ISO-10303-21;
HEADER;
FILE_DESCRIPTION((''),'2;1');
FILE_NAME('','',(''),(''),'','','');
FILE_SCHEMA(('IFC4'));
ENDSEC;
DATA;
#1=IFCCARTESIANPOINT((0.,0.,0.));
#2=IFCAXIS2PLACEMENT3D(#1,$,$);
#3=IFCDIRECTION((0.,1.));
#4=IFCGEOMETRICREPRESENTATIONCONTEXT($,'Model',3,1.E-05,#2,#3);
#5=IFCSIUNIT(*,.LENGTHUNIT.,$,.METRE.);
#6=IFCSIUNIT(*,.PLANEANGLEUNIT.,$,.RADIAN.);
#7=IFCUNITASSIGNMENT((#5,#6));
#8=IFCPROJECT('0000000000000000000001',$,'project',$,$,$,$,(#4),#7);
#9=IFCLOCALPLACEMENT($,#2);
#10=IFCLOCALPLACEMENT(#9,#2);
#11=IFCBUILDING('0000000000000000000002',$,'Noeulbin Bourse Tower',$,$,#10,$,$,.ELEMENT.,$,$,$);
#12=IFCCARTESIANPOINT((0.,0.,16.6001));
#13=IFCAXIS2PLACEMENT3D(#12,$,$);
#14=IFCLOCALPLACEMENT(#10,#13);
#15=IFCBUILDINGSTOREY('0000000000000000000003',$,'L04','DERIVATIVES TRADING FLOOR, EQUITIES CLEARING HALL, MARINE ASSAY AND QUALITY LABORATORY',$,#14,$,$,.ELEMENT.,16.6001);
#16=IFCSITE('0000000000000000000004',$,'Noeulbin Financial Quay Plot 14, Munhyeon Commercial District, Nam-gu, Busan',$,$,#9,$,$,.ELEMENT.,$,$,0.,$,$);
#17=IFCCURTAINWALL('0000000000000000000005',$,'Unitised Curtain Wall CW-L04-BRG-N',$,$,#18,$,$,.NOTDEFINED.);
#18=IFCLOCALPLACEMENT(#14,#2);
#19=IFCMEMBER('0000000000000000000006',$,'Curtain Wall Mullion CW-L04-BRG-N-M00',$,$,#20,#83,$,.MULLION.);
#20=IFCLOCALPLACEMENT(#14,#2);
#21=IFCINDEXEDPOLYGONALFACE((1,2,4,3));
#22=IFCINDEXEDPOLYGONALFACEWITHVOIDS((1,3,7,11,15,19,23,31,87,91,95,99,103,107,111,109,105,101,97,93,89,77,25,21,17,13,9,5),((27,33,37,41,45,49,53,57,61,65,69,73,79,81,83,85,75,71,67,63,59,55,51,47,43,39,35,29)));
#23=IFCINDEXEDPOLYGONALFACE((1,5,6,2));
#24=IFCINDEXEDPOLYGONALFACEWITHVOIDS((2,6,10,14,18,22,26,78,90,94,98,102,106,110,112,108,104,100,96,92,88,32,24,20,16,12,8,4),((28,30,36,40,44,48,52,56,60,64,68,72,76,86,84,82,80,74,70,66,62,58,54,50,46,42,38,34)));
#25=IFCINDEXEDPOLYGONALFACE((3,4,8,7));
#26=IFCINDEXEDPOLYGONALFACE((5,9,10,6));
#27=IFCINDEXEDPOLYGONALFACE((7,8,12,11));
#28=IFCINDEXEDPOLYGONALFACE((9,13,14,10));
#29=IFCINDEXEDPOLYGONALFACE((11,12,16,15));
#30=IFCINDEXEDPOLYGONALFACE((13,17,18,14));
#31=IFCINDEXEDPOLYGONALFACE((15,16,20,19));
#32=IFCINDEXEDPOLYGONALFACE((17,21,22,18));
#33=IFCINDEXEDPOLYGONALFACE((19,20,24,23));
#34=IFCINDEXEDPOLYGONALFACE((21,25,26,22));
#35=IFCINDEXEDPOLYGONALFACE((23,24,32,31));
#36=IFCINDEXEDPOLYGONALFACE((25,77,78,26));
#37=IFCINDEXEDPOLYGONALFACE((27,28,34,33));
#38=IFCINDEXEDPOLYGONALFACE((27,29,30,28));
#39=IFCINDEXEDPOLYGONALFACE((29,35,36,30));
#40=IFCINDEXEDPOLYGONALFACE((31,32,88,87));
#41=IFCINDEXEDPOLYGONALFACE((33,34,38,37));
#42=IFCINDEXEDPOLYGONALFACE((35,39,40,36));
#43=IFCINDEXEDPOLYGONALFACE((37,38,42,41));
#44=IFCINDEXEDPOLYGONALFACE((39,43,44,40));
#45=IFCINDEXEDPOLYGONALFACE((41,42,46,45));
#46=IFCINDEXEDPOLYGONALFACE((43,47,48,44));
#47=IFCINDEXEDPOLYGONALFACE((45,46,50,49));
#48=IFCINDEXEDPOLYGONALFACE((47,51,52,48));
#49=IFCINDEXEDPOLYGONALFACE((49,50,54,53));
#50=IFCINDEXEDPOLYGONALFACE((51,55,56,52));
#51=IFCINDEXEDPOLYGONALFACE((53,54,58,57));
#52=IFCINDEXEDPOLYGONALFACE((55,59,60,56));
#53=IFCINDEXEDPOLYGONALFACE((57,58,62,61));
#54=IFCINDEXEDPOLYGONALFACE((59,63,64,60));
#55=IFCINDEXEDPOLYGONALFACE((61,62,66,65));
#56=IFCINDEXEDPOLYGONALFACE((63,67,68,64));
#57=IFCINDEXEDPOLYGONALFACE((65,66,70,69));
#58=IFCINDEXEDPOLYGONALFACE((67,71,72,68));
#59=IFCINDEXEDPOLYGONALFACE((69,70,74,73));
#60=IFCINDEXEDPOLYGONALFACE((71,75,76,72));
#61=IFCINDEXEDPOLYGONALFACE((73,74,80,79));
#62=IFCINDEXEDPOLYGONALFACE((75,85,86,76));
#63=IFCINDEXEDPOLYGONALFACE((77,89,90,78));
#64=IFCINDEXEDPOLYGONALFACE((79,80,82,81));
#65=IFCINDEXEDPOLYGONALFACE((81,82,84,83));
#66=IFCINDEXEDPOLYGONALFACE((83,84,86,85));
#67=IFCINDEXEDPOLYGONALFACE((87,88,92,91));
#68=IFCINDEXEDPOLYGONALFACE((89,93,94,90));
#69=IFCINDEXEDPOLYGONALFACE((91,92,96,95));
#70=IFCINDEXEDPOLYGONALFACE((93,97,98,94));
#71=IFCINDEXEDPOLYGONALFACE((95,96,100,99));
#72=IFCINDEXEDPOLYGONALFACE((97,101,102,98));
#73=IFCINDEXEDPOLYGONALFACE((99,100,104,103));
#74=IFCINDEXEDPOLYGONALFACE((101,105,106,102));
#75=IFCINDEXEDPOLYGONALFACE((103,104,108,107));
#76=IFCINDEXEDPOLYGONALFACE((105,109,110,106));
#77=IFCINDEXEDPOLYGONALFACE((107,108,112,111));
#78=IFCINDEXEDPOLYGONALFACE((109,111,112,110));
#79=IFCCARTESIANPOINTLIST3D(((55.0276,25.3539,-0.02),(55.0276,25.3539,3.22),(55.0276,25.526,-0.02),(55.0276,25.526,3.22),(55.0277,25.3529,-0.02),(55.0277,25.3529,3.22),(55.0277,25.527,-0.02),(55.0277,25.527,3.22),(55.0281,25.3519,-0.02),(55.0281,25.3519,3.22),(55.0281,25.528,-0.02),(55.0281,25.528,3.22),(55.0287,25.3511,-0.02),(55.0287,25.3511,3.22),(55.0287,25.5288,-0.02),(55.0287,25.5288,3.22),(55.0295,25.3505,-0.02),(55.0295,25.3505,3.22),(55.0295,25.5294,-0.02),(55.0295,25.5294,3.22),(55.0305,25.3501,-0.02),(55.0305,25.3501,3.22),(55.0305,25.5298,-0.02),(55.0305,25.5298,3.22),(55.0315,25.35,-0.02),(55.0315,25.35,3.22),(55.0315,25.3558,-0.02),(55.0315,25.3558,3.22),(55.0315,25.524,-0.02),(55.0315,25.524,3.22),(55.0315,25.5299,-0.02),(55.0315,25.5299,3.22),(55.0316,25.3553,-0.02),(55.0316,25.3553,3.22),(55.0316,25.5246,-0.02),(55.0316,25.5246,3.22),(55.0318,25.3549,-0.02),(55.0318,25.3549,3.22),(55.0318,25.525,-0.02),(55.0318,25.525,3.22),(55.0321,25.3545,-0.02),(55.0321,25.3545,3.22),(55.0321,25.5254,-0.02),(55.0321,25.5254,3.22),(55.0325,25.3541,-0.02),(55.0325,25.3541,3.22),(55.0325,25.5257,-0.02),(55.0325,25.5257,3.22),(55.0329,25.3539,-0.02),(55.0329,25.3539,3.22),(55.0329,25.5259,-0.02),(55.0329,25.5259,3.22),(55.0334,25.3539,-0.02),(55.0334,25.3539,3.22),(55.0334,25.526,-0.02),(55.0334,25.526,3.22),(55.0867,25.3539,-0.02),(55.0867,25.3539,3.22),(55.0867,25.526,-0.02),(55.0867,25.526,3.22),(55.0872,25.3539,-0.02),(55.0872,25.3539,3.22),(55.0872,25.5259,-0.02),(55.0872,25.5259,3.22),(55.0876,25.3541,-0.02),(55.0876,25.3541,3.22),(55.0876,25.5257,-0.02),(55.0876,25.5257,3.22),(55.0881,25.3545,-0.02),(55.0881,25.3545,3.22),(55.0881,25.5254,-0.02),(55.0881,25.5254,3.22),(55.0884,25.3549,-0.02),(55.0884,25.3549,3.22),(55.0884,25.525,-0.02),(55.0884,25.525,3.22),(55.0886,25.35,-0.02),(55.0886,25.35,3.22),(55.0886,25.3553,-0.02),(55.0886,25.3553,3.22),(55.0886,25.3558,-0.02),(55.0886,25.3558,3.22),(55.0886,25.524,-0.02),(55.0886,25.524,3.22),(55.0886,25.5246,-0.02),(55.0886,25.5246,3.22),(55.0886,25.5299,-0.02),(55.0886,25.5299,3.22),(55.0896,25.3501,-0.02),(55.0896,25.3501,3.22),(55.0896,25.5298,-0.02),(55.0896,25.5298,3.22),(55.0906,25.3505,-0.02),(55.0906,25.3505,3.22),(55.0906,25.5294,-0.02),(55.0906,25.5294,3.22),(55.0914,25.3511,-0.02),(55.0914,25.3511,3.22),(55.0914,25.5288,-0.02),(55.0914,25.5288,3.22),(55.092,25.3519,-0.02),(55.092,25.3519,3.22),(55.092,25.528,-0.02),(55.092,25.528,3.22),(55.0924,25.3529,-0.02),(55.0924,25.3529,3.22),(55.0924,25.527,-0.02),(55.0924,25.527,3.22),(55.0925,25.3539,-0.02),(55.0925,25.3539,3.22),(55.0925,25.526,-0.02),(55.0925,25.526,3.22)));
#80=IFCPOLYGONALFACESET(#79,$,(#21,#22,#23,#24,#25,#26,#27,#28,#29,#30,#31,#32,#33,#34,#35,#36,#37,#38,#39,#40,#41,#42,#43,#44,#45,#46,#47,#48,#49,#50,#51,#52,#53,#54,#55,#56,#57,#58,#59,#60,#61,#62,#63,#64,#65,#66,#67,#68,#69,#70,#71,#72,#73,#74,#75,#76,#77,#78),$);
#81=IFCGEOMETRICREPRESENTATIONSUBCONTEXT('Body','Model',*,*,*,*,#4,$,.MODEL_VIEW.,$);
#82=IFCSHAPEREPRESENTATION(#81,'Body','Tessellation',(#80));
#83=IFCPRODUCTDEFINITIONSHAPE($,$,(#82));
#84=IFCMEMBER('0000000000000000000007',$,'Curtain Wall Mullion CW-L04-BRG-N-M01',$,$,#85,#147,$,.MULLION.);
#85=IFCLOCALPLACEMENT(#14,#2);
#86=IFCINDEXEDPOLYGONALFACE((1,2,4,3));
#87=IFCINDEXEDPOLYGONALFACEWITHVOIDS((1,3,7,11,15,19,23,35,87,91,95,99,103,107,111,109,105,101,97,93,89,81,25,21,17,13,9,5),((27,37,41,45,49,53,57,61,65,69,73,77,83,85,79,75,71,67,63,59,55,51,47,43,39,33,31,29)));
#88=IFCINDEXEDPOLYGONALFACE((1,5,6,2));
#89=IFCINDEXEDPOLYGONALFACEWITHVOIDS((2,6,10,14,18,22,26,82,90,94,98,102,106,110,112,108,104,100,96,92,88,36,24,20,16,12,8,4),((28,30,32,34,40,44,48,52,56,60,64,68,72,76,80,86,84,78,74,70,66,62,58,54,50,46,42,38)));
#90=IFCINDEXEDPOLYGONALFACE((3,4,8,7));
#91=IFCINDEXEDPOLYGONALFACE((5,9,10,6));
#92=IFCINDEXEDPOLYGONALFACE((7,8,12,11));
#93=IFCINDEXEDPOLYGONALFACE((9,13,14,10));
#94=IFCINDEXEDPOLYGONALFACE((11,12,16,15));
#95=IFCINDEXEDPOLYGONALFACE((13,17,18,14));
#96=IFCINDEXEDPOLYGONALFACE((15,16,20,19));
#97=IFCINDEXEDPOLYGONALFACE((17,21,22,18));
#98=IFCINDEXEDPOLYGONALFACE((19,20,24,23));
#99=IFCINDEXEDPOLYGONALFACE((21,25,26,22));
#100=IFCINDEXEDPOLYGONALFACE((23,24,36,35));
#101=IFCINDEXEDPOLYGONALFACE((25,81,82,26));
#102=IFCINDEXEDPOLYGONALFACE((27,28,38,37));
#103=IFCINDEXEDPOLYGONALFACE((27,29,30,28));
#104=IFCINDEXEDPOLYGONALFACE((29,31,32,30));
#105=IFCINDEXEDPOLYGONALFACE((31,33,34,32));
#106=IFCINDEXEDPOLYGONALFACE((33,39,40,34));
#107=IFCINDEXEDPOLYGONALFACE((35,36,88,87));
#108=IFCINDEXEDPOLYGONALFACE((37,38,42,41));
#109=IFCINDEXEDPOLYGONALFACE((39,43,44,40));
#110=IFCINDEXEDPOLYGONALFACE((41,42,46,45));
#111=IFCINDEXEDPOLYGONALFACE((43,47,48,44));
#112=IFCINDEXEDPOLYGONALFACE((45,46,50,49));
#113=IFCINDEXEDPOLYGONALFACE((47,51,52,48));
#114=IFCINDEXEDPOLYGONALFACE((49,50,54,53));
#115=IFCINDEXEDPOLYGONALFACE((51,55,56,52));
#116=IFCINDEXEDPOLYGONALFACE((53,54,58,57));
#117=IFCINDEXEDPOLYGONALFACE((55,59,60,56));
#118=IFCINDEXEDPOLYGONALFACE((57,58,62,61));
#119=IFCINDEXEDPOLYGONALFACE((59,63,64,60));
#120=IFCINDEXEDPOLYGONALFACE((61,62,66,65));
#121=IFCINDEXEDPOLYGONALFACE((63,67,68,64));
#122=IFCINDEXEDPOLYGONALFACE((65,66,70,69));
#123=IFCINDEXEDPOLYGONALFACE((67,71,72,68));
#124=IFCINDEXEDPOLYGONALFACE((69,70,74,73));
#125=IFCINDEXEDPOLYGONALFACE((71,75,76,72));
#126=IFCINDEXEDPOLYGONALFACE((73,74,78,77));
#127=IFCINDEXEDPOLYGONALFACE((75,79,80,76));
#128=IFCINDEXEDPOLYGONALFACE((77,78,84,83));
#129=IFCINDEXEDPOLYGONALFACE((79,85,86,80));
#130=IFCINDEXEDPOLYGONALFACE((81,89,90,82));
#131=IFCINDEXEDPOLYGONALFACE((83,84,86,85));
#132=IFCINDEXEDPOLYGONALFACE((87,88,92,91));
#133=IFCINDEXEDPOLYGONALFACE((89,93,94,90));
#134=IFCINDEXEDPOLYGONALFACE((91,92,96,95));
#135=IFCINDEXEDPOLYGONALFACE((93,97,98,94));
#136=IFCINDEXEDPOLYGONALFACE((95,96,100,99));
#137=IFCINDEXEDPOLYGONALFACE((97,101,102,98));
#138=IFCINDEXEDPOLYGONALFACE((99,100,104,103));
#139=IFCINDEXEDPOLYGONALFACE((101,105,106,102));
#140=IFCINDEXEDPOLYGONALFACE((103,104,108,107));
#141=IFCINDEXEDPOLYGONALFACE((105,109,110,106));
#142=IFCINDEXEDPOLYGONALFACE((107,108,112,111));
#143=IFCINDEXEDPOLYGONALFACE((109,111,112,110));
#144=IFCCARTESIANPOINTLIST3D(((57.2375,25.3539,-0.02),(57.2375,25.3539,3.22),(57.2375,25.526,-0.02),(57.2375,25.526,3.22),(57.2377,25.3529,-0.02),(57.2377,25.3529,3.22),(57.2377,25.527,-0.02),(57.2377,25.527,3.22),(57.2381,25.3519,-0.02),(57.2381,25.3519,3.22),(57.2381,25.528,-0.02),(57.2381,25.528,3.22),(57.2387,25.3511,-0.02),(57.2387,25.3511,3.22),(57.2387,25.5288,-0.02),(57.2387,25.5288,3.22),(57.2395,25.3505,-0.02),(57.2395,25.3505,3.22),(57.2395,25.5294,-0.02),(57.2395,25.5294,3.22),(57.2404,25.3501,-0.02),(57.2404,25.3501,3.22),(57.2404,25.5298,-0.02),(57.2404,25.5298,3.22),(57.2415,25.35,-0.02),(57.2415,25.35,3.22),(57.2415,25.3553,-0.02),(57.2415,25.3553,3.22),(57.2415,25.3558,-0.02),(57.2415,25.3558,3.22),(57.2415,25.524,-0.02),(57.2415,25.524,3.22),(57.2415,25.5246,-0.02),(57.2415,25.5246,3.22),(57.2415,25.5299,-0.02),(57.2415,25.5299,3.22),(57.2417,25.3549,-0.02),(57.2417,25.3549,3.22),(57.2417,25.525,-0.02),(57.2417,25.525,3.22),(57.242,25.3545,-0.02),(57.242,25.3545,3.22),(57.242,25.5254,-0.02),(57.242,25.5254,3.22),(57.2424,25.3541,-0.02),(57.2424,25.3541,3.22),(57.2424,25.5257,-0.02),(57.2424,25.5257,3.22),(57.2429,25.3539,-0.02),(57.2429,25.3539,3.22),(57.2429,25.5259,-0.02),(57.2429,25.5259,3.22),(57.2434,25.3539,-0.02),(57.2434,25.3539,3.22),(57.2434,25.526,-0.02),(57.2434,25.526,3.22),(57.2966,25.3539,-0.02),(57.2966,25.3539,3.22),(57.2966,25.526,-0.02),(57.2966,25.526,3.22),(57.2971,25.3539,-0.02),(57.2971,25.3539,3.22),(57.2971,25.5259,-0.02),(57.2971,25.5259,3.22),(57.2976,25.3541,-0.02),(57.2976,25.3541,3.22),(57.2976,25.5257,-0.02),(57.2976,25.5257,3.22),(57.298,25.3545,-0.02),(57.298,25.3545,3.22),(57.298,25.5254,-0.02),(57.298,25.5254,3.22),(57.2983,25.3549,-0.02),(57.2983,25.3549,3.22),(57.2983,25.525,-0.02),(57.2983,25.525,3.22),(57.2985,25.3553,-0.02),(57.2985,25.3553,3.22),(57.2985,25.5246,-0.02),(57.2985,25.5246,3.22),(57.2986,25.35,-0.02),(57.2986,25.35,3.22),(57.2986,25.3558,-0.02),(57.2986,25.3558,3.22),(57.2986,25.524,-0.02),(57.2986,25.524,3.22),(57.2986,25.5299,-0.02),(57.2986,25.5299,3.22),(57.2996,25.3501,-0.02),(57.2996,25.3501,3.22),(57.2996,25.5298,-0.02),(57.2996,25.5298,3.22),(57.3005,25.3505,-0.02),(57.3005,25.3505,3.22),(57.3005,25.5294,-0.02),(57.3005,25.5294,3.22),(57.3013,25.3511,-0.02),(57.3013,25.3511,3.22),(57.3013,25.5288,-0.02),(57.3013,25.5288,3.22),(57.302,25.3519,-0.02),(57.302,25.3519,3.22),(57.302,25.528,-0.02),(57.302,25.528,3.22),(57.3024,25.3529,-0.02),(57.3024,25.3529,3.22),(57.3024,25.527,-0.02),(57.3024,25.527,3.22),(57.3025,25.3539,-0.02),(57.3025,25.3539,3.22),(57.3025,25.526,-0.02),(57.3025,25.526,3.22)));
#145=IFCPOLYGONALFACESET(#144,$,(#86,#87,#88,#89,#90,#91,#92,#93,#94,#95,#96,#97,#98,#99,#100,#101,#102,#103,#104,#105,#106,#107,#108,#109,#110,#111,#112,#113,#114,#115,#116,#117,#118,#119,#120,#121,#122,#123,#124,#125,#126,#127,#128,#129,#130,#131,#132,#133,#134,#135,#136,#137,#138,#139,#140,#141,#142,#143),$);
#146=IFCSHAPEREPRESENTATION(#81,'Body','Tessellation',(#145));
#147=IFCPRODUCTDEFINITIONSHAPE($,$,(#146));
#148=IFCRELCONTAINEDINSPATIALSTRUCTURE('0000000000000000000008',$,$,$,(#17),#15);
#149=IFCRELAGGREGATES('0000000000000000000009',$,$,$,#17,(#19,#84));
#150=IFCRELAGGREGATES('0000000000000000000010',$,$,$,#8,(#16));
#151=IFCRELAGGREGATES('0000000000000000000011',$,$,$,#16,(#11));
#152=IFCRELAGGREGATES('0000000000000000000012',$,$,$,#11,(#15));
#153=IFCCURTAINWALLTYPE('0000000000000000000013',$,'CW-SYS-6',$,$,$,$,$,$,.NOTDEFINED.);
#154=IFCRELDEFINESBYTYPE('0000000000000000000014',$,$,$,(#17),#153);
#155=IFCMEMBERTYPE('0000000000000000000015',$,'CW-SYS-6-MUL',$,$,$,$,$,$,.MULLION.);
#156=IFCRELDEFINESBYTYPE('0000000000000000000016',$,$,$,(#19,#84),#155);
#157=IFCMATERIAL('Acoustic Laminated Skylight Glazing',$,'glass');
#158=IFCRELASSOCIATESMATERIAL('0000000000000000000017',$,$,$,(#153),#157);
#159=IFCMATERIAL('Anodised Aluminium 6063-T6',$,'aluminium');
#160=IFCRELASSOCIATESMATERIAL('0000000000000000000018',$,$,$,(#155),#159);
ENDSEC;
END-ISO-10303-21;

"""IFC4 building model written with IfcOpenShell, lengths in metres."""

from ifc_helpers import new_model, si_unit, direction, frame, origin, origin_2d, place, context, subcontext, project, spatial, hollow_rectangle, extrude, material, material_profile, profile_set, type_object, element, aggregate, save


model = new_model("IFC4")

# Units and contexts
model_context = context("Model", 3, precision=1e-05, world=origin(), true_north=direction((0.0, 1.0)))
body_context = subcontext(model_context, "Body", "Model", "MODEL_VIEW")
ifc_project = project(units=[si_unit("LENGTHUNIT", "METRE"), si_unit("PLANEANGLEUNIT", "RADIAN")], contexts=[model_context])

# Site, building, storey
site_placement = place(None, origin())
site = spatial("IfcSite", under=ifc_project, at=site_placement, Name="Noeulbin Financial Quay Plot 14, Munhyeon Commercial District, Nam-gu, Busan", CompositionType="ELEMENT", RefElevation=0.0)
building_placement = place(site_placement, origin())
building = spatial("IfcBuilding", under=site, at=building_placement, Name="Noeulbin Bourse Tower", CompositionType="ELEMENT")
storey_placement = place(building_placement, frame((0.0, 0.0, 16.6001)))
storey = spatial("IfcBuildingStorey", under=building, at=storey_placement, Name="L04", Description="DERIVATIVES TRADING FLOOR, EQUITIES CLEARING HALL, MARINE ASSAY AND QUALITY LABORATORY", CompositionType="ELEMENT", Elevation=16.6001)

# Curtain wall, members
ifc_material_1 = material(Name="Anodised Aluminium 6063-T6", Category="aluminium")
ifc_material_2 = material(Name="Acoustic Laminated Skylight Glazing", Category="glass")
curtain_wall_type_1 = type_object("IfcCurtainWallType", Name="CW-SYS-6", PredefinedType="NOTDEFINED", material=ifc_material_2)
ifc_material_profile_1 = material_profile(ifc_material_1, hollow_rectangle(XDim=0.0649, YDim=0.1799, WallThickness=0.0039, InnerFilletRadius=0.002, OuterFilletRadius=0.0039, at=origin_2d()), Name="ALU-MULL-65x180x4", Category="LoadBearing")
ifc_profile_set_1 = profile_set([ifc_material_profile_1], Name="Anodised Aluminium 6063-T6")
member_type_1 = type_object("IfcMemberType", Name="CW-SYS-6-MUL", PredefinedType="MULLION", material=ifc_profile_set_1)
curtain_wall_1_placement = place(storey_placement, origin())
curtain_wall_1 = element("IfcCurtainWall", 1, at=curtain_wall_1_placement, inside=storey, type_object=curtain_wall_type_1, Name="Unitised Curtain Wall CW-L04-BRG-N", PredefinedType="NOTDEFINED")
member_1_placement = place(storey_placement, frame((55.0601, 25.4399, -0.02), z_axis=(0.0, 0.0, 1.0), x_axis=(1.0, 0.0, 0.0)))
member_1 = element("IfcMember", 2, at=member_1_placement, type_object=member_type_1, Name="Curtain Wall Mullion CW-L04-BRG-N-M00", PredefinedType="MULLION", context=body_context, shape_type="SweptSolid", body=[
    extrude(hollow_rectangle(XDim=0.0649, YDim=0.1799, WallThickness=0.0039, InnerFilletRadius=0.002, OuterFilletRadius=0.0039, at=origin_2d()), origin(), (0.0, 0.0, 1.0), 3.24),
])
member_2_placement = place(storey_placement, frame((57.27, 25.4399, -0.02), z_axis=(0.0, 0.0, 1.0), x_axis=(1.0, 0.0, 0.0)))
member_2 = element("IfcMember", 3, at=member_2_placement, type_object=member_type_1, Name="Curtain Wall Mullion CW-L04-BRG-N-M01", PredefinedType="MULLION", context=body_context, shape_type="SweptSolid", body=[
    extrude(hollow_rectangle(XDim=0.0649, YDim=0.1799, WallThickness=0.0039, InnerFilletRadius=0.002, OuterFilletRadius=0.0039, at=origin_2d()), origin(), (0.0, 0.0, 1.0), 3.24),
])

aggregate(curtain_wall_1, [member_1, member_2])

save(model, "model.ifc")
